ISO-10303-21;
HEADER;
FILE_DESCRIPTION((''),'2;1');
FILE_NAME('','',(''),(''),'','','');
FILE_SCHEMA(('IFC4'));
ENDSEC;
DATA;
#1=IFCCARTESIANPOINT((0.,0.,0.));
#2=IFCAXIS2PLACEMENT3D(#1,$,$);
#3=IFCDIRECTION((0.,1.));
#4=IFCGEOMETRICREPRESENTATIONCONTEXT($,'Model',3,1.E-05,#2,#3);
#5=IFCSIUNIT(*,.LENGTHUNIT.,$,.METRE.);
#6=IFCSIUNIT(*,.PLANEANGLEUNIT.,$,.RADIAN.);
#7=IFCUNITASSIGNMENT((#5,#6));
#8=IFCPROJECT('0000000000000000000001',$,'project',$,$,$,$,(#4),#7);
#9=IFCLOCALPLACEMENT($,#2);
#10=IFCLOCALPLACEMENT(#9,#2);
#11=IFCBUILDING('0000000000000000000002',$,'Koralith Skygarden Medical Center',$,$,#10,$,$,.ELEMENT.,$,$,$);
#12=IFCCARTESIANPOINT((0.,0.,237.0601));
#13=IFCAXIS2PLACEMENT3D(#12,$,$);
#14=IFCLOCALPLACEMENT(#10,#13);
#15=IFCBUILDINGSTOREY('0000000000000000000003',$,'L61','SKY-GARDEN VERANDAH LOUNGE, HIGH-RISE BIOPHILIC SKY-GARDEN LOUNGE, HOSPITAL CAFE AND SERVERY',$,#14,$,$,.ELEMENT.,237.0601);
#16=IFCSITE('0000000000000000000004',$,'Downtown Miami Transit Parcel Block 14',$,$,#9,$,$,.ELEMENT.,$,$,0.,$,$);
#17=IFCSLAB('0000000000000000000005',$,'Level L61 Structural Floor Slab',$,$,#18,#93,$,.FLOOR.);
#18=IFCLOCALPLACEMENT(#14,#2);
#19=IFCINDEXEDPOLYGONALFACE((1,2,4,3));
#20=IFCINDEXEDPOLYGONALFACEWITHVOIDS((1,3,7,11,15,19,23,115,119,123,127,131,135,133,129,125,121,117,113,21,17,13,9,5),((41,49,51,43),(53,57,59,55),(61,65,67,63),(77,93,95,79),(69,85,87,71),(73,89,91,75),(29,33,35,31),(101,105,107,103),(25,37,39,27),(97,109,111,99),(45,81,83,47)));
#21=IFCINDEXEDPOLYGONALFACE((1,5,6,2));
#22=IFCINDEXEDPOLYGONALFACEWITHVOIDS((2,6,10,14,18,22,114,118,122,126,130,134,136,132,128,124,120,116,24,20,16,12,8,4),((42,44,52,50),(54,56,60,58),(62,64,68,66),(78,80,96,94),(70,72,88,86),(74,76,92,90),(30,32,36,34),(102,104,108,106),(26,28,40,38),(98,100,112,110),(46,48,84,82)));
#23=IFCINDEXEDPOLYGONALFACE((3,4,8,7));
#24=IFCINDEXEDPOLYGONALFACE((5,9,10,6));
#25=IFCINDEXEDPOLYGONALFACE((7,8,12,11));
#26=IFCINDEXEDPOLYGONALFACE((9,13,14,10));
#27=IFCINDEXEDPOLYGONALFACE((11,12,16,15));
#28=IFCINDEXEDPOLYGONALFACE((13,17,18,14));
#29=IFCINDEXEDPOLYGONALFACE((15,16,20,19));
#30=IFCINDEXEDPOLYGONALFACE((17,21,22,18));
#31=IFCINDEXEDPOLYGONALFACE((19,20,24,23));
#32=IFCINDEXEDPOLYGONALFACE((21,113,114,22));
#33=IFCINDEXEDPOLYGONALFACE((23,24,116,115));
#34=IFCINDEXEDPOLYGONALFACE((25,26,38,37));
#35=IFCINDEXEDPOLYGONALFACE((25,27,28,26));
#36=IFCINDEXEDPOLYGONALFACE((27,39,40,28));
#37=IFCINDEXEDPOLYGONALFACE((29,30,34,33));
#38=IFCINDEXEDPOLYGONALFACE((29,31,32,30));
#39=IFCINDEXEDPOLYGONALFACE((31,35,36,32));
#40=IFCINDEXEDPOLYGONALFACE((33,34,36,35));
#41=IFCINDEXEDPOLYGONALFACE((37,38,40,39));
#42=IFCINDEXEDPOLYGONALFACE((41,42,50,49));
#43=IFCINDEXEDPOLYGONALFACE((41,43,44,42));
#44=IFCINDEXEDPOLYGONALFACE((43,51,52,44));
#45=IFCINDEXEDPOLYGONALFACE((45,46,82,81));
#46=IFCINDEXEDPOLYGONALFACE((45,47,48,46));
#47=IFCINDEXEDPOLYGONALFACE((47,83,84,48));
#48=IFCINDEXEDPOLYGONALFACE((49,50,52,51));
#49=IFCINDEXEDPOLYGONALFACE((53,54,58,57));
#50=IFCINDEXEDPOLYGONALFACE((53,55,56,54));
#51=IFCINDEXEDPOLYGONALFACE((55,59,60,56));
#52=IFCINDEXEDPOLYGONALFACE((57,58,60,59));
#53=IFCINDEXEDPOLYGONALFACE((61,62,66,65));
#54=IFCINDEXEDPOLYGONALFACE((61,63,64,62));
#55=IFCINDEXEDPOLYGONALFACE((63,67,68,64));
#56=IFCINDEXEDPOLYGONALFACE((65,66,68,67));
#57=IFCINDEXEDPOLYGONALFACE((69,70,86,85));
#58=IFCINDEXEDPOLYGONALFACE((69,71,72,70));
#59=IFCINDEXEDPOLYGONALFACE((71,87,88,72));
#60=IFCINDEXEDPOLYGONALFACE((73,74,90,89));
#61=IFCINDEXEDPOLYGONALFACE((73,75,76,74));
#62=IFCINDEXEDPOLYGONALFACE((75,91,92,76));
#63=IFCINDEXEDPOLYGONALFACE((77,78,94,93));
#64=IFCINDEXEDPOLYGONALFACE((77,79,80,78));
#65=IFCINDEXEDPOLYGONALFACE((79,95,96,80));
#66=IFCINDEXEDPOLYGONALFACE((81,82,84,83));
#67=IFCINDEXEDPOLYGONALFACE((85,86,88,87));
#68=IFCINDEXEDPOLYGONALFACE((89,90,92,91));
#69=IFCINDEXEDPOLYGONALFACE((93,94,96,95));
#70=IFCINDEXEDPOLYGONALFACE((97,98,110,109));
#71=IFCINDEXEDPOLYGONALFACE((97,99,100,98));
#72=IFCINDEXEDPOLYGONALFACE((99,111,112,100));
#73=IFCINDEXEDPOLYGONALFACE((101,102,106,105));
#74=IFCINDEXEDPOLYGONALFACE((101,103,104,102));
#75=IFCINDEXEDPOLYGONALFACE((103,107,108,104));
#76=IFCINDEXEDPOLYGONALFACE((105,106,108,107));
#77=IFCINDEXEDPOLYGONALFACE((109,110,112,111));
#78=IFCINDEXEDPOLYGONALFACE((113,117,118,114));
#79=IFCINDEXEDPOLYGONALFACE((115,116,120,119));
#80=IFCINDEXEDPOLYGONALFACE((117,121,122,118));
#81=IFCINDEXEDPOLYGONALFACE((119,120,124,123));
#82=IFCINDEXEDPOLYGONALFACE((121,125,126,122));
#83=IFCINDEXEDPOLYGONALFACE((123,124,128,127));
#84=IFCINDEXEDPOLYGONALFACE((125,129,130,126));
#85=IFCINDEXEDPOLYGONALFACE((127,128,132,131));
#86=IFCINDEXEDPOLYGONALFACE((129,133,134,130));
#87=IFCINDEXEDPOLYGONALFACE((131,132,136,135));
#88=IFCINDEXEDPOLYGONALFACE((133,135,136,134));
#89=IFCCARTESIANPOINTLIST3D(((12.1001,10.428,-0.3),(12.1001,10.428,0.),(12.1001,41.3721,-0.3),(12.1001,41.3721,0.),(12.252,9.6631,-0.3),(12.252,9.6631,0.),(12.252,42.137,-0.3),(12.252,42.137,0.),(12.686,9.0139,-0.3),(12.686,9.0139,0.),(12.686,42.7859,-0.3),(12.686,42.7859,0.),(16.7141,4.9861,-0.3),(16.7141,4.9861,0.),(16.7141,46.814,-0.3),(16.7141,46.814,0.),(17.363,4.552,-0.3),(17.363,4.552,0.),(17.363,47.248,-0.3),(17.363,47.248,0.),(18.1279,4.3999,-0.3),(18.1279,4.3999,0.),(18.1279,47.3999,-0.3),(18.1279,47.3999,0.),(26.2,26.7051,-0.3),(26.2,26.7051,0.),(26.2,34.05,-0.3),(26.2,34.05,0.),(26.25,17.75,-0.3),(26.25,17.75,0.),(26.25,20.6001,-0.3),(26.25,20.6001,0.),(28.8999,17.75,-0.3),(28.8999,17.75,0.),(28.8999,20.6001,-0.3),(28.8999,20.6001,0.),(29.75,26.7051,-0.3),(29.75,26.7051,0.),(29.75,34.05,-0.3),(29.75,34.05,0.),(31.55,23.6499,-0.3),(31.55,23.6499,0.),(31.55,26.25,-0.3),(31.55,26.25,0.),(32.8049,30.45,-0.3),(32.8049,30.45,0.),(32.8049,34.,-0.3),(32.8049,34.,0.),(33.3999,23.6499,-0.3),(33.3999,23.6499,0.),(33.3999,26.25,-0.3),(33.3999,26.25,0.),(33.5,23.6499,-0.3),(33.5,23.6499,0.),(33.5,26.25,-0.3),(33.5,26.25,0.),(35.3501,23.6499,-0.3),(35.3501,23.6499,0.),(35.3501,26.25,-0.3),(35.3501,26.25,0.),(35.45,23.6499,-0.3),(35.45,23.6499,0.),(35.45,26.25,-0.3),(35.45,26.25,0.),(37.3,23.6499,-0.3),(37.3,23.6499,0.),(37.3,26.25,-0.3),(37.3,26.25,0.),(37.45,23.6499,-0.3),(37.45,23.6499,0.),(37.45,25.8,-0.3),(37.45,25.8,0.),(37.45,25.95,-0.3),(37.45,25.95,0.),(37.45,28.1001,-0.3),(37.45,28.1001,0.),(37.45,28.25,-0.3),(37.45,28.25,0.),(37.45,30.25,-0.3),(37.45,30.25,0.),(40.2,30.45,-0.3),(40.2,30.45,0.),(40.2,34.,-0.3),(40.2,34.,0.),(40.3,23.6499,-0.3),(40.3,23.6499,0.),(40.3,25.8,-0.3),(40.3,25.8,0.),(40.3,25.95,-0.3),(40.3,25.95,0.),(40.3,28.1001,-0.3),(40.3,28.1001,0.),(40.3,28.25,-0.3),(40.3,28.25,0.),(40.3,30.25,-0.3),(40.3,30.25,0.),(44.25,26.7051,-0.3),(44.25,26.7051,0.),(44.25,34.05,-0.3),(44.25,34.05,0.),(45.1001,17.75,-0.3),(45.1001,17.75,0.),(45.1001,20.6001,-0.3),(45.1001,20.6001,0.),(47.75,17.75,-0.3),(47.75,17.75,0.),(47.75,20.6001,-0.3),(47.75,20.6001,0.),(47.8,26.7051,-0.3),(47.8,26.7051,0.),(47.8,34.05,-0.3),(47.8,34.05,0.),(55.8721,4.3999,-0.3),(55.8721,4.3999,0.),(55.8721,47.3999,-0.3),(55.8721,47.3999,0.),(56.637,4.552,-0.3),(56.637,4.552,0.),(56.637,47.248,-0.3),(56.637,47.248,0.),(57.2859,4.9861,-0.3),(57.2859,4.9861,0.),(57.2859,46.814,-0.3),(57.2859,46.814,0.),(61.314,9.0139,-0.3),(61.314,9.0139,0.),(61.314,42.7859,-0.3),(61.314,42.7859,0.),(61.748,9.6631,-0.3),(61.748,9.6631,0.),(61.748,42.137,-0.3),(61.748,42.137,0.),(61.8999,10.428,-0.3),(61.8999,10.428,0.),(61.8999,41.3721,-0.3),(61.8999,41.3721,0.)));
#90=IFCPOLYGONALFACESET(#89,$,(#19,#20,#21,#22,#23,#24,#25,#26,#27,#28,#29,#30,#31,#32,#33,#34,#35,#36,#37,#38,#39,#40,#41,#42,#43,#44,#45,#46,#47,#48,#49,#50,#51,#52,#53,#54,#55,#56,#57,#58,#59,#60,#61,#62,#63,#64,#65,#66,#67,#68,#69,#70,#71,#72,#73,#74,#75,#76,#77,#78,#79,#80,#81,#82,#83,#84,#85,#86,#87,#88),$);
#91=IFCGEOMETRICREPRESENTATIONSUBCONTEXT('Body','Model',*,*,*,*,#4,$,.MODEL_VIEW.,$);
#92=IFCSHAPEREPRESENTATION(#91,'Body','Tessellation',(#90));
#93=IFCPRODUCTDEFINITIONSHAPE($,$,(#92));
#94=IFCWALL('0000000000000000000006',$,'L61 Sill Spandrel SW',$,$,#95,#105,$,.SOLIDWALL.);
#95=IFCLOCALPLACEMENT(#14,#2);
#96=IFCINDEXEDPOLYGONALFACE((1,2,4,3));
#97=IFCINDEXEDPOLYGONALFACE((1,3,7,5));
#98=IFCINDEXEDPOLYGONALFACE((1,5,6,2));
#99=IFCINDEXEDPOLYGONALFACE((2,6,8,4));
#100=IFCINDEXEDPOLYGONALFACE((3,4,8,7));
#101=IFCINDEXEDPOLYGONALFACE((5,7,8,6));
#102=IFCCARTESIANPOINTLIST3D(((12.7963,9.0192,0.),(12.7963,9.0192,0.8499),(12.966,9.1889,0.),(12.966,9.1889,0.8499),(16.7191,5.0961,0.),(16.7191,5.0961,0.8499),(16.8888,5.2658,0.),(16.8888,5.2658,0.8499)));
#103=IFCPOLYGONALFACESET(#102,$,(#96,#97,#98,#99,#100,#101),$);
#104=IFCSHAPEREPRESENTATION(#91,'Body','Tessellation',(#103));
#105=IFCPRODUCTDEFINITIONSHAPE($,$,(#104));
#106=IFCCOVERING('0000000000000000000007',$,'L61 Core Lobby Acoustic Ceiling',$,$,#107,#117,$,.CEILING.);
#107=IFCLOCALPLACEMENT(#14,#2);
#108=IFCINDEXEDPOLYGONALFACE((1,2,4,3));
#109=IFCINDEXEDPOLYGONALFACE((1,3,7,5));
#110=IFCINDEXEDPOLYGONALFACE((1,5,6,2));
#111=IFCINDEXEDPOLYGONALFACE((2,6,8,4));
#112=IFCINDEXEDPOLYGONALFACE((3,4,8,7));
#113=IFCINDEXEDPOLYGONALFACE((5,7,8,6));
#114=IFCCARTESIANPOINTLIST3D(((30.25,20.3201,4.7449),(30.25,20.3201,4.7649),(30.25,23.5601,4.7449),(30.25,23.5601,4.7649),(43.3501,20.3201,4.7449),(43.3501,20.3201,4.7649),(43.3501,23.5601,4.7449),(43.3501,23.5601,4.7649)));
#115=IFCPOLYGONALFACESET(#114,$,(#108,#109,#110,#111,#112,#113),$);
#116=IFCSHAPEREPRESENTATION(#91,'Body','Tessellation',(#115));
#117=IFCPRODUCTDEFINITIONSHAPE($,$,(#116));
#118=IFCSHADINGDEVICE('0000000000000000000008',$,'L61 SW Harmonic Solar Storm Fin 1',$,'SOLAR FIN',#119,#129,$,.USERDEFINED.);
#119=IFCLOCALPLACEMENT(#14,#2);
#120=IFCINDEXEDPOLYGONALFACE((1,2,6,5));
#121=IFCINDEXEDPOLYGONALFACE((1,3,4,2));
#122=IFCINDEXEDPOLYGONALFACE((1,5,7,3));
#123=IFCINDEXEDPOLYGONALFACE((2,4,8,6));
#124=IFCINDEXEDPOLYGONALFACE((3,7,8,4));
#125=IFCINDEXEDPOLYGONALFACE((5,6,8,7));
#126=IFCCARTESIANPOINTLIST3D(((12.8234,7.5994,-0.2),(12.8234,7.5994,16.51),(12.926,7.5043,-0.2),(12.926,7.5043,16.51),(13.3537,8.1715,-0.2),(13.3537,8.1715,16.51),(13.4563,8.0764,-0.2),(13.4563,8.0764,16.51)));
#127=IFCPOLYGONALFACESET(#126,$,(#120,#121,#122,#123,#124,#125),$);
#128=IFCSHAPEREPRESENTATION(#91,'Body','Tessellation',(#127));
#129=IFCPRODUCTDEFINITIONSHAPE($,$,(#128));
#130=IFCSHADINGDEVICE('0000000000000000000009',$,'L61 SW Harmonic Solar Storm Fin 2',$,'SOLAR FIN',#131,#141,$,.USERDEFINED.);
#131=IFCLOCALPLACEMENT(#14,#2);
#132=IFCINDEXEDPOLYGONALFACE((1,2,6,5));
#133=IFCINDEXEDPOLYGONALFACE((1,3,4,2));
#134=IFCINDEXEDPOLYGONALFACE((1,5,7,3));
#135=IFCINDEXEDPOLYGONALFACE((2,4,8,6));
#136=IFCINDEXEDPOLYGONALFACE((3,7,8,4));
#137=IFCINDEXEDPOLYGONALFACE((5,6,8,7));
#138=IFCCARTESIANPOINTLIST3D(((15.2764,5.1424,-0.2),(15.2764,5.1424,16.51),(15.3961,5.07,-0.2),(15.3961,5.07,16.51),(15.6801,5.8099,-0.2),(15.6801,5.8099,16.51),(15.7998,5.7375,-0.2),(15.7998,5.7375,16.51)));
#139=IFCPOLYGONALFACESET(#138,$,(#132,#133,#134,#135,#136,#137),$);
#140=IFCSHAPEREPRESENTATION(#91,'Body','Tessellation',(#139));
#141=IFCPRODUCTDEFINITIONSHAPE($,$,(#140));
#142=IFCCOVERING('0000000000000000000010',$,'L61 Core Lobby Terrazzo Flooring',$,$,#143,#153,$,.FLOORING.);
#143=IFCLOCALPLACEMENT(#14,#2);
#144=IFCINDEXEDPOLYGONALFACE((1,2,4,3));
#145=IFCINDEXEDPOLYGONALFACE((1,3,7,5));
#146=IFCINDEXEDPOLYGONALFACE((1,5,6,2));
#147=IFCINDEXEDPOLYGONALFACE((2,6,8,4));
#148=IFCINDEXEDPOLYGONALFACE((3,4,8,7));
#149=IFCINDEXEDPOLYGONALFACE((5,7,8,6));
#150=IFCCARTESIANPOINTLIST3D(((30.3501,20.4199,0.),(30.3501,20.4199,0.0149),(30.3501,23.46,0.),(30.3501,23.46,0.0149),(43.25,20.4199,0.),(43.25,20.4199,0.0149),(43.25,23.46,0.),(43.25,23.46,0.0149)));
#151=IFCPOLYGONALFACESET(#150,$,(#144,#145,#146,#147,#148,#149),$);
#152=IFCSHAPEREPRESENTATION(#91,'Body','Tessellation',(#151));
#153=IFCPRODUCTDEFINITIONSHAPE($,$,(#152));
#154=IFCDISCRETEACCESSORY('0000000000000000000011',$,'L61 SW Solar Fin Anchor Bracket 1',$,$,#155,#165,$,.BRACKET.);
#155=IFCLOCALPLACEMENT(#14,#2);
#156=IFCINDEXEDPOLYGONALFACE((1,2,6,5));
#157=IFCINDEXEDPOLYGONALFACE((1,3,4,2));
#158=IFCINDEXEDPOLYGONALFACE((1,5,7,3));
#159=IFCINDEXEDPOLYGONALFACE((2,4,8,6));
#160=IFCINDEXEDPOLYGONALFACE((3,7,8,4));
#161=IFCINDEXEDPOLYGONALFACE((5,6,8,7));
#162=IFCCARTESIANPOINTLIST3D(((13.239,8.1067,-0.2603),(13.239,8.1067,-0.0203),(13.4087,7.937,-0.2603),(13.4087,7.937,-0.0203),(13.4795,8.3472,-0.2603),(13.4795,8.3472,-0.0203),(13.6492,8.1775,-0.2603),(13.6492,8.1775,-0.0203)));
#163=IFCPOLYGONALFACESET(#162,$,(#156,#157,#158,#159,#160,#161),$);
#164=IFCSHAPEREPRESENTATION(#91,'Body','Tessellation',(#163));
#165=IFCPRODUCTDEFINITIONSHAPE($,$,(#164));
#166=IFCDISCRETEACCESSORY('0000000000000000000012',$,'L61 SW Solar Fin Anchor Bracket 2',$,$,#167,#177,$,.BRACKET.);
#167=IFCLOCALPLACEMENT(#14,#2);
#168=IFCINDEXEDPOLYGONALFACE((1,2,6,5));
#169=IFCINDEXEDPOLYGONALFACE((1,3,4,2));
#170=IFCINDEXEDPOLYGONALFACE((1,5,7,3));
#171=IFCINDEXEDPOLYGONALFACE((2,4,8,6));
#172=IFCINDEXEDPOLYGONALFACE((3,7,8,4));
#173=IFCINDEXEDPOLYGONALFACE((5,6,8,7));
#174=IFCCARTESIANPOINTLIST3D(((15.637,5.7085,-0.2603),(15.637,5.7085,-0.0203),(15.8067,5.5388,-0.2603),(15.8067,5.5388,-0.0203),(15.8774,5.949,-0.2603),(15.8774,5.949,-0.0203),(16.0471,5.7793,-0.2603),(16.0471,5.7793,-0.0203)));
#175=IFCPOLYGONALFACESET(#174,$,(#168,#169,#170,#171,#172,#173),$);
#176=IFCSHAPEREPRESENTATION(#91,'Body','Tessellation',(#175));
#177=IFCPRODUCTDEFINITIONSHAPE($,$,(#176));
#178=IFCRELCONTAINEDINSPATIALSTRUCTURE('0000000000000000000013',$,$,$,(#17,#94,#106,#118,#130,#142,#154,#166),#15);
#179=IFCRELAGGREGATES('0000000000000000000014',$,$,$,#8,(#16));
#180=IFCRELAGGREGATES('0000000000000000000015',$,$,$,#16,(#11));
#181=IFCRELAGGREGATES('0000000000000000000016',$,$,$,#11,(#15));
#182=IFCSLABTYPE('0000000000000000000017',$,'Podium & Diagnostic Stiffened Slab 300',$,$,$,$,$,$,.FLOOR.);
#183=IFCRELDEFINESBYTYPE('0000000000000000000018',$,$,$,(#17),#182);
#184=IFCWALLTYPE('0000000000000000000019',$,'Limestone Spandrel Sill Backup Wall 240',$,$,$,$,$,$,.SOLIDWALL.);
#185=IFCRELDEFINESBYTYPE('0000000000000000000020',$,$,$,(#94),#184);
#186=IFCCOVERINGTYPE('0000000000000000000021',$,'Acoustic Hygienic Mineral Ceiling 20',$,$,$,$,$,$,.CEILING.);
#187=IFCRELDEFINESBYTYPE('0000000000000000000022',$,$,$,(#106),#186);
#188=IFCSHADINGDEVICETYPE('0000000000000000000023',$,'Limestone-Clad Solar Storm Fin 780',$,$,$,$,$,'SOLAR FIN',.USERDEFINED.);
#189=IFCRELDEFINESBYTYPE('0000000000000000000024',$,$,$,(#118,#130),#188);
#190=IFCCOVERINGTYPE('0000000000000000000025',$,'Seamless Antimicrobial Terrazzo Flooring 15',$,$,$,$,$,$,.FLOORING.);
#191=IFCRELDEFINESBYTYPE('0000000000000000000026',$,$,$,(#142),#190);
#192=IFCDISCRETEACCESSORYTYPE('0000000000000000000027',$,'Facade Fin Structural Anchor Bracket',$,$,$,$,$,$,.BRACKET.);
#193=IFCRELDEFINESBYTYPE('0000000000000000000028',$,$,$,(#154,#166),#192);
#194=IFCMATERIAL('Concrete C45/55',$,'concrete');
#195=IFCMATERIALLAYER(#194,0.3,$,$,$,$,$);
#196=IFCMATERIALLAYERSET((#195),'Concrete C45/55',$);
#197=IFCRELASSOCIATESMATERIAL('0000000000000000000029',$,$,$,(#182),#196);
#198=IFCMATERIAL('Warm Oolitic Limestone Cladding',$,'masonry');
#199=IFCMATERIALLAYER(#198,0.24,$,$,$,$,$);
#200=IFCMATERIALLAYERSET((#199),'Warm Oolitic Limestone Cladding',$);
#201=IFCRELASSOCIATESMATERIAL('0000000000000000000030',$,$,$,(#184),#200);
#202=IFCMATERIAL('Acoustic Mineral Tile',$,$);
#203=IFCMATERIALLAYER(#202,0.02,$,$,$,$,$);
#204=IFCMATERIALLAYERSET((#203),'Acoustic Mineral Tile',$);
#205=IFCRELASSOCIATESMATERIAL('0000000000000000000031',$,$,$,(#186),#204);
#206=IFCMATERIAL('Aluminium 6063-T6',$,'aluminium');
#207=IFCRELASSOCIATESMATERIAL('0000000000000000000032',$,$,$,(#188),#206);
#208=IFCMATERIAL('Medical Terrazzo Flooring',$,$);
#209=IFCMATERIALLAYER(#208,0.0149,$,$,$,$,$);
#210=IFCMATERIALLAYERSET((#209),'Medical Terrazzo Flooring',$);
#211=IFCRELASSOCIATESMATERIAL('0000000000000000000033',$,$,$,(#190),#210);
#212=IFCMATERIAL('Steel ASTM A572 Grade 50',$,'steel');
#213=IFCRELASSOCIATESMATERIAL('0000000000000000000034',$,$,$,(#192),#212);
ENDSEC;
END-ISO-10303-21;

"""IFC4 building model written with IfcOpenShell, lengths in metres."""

from ifc_helpers import new_model, si_unit, direction, frame, frame_2d, origin, origin_2d, place, context, subcontext, project, spatial, polyline, rectangle, outline, extrude, material, layer, layer_set, type_object, element, save


model = new_model("IFC4")

# Units and contexts
model_context = context("Model", 3, precision=1e-05, world=origin(), true_north=direction((0.0, 1.0)))
body_context = subcontext(model_context, "Body", "Model", "MODEL_VIEW")
ifc_project = project(units=[si_unit("LENGTHUNIT", "METRE"), si_unit("PLANEANGLEUNIT", "RADIAN")], contexts=[model_context])

# Site, building, storey
site_placement = place(None, origin())
site = spatial("IfcSite", under=ifc_project, at=site_placement, Name="Downtown Miami Transit Parcel Block 14", CompositionType="ELEMENT", RefElevation=0.0)
building_placement = place(site_placement, origin())
building = spatial("IfcBuilding", under=site, at=building_placement, Name="Koralith Skygarden Medical Center", CompositionType="ELEMENT")
storey_placement = place(building_placement, frame((0.0, 0.0, 237.0601)))
storey = spatial("IfcBuildingStorey", under=building, at=storey_placement, Name="L61", Description="SKY-GARDEN VERANDAH LOUNGE, HIGH-RISE BIOPHILIC SKY-GARDEN LOUNGE, HOSPITAL CAFE AND SERVERY", CompositionType="ELEMENT", Elevation=237.0601)

# Shared definitions
ifc_material_1 = material(Name="Aluminium 6063-T6", Category="aluminium")

# Shared definitions
ifc_material_2 = material(Name="Concrete C45/55", Category="concrete")

# Slab
ifc_layer_1 = layer(ifc_material_2, 0.3)
ifc_layer_set_1 = layer_set([ifc_layer_1], Name="Concrete C45/55")
slab_type_1 = type_object("IfcSlabType", Name="Podium & Diagnostic Stiffened Slab 300", PredefinedType="FLOOR", material=ifc_layer_set_1)
slab_1_placement = place(storey_placement, frame((0.0, 0.0, -0.3)))
element("IfcSlab", 1, at=slab_1_placement, inside=storey, type_object=slab_type_1, Name="Level L61 Structural Floor Slab", PredefinedType="FLOOR", context=body_context, shape_type="SweptSolid", body=[
    extrude(outline(polyline([(16.7141, 4.9861), (17.363, 4.552), (18.1279, 4.3999), (55.8721, 4.3999), (56.637, 4.552), (57.2859, 4.9861), (61.314, 9.0139), (61.748, 9.6631), (61.8999, 10.428), (61.8999, 41.3721), (61.748, 42.137), (61.314, 42.7859), (57.2859, 46.814), (56.637, 47.248), (55.8721, 47.3999), (18.1279, 47.3999), (17.363, 47.248), (16.7141, 46.814), (12.686, 42.7859), (12.252, 42.137), (12.1001, 41.3721), (12.1001, 10.428), (12.252, 9.6631), (12.686, 9.0139), (16.7141, 4.9861)]), holes=[polyline([(26.2, 26.7051), (29.75, 26.7051), (29.75, 34.05), (26.2, 34.05), (26.2, 26.7051)]), polyline([(44.25, 26.7051), (47.8, 26.7051), (47.8, 34.05), (44.25, 34.05), (44.25, 26.7051)]), polyline([(32.8049, 30.45), (40.2, 30.45), (40.2, 34.0), (32.8049, 34.0), (32.8049, 30.45)]), polyline([(26.25, 17.75), (28.8999, 17.75), (28.8999, 20.6001), (26.25, 20.6001), (26.25, 17.75)]), polyline([(45.1001, 17.75), (47.75, 17.75), (47.75, 20.6001), (45.1001, 20.6001), (45.1001, 17.75)]), polyline([(31.55, 23.6499), (33.3999, 23.6499), (33.3999, 26.25), (31.55, 26.25), (31.55, 23.6499)]), polyline([(33.5, 23.6499), (35.3501, 23.6499), (35.3501, 26.25), (33.5, 26.25), (33.5, 23.6499)]), polyline([(35.45, 23.6499), (37.3, 23.6499), (37.3, 26.25), (35.45, 26.25), (35.45, 23.6499)]), polyline([(37.45, 23.6499), (40.3, 23.6499), (40.3, 25.8), (37.45, 25.8), (37.45, 23.6499)]), polyline([(37.45, 25.95), (40.3, 25.95), (40.3, 28.1001), (37.45, 28.1001), (37.45, 25.95)]), polyline([(37.45, 28.25), (40.3, 28.25), (40.3, 30.25), (37.45, 30.25), (37.45, 28.25)])]), origin(), (0.0, 0.0, 1.0), 0.3),
])

# Wall
ifc_material_3 = material(Name="Warm Oolitic Limestone Cladding", Category="masonry")
ifc_layer_2 = layer(ifc_material_3, 0.24)
ifc_layer_set_2 = layer_set([ifc_layer_2], Name="Warm Oolitic Limestone Cladding")
wall_type = type_object("IfcWallType", Name="Limestone Spandrel Sill Backup Wall 240", PredefinedType="SOLIDWALL", material=ifc_layer_set_2)
wall_placement = place(storey_placement, frame((12.8811, 9.104, 0.0), z_axis=(0.0, 0.0, 1.0), x_axis=(0.707085, -0.707129, 0.0)))
element("IfcWall", 2, at=wall_placement, inside=storey, type_object=wall_type, Name="L61 Sill Spandrel SW", PredefinedType="SOLIDWALL", context=body_context, shape_type="SweptSolid", body=[
    extrude(rectangle(XDim=5.5479, YDim=0.24, at=frame_2d((2.7739, 0.0))), origin(), (0.0, 0.0, 1.0), 0.8499),
])

# Covering
ifc_material_4 = material(Name="Acoustic Mineral Tile")
ifc_layer_3 = layer(ifc_material_4, 0.02)
ifc_layer_set_3 = layer_set([ifc_layer_3], Name="Acoustic Mineral Tile")
covering_type_1 = type_object("IfcCoveringType", Name="Acoustic Hygienic Mineral Ceiling 20", PredefinedType="CEILING", material=ifc_layer_set_3)
covering_1_placement = place(storey_placement, frame((0.0, 0.0, 4.7449)))
element("IfcCovering", 3, at=covering_1_placement, inside=storey, type_object=covering_type_1, Name="L61 Core Lobby Acoustic Ceiling", PredefinedType="CEILING", context=body_context, shape_type="SweptSolid", body=[
    extrude(outline(polyline([(30.25, 20.3201), (43.3501, 20.3201), (43.3501, 23.5601), (30.25, 23.5601), (30.25, 20.3201)])), origin(), (0.0, 0.0, 1.0), 0.02),
])

# Shading devices
shading_device_type = type_object("IfcShadingDeviceType", Name="Limestone-Clad Solar Storm Fin 780", ElementType="SOLAR FIN", PredefinedType="USERDEFINED", material=ifc_material_1)
for number, where, z_axis, x_axis, name in (
    (4, (13.1399, 7.8379, -0.2), (0.0, 0.0, 1.0), (-0.679851, -0.73335, 0.0), "L61 SW Harmonic Solar Storm Fin 1"),
    (5, (15.5381, 5.4399, -0.2), (0.0, 0.0, 1.0), (-0.517534, -0.855662, 0.0), "L61 SW Harmonic Solar Storm Fin 2"),
):
    element("IfcShadingDevice", number, at=place(storey_placement, frame(where, z_axis=z_axis, x_axis=x_axis)), inside=storey, type_object=shading_device_type, Name=name, ObjectType="SOLAR FIN", PredefinedType="USERDEFINED", context=body_context, shape_type="SweptSolid", body=[
        extrude(rectangle(XDim=0.78, YDim=0.1399, at=origin_2d()), origin(), (0.0, 0.0, 1.0), 16.71),
    ])

# Covering
ifc_material_5 = material(Name="Medical Terrazzo Flooring")
ifc_layer_4 = layer(ifc_material_5, 0.0149)
ifc_layer_set_4 = layer_set([ifc_layer_4], Name="Medical Terrazzo Flooring")
covering_type_2 = type_object("IfcCoveringType", Name="Seamless Antimicrobial Terrazzo Flooring 15", PredefinedType="FLOORING", material=ifc_layer_set_4)
covering_2_placement = place(storey_placement, origin())
element("IfcCovering", 6, at=covering_2_placement, inside=storey, type_object=covering_type_2, Name="L61 Core Lobby Terrazzo Flooring", PredefinedType="FLOORING", context=body_context, shape_type="SweptSolid", body=[
    extrude(outline(polyline([(30.3501, 20.4199), (43.25, 20.4199), (43.25, 23.46), (30.3501, 23.46), (30.3501, 20.4199)])), origin(), (0.0, 0.0, 1.0), 0.0149),
])

# Discrete accessories
ifc_material_6 = material(Name="Steel ASTM A572 Grade 50", Category="steel")
discrete_accessory_type = type_object("IfcDiscreteAccessoryType", Name="Facade Fin Structural Anchor Bracket", PredefinedType="BRACKET", material=ifc_material_6)
for number, where, z_axis, x_axis, name in (
    (7, (13.4441, 8.1421, -0.2603), (0.0, 0.0, 1.0), (-0.707107, -0.707107, 0.0), "L61 SW Solar Fin Anchor Bracket 1"),
    (8, (15.842, 5.7439, -0.2603), (0.0, 0.0, 1.0), (-0.707107, -0.707107, 0.0), "L61 SW Solar Fin Anchor Bracket 2"),
):
    element("IfcDiscreteAccessory", number, at=place(storey_placement, frame(where, z_axis=z_axis, x_axis=x_axis)), inside=storey, type_object=discrete_accessory_type, Name=name, PredefinedType="BRACKET", context=body_context, shape_type="SweptSolid", body=[
        extrude(rectangle(XDim=0.3401, YDim=0.24, at=origin_2d()), origin(), (0.0, 0.0, 1.0), 0.24),
    ])

save(model, "model.ifc")
